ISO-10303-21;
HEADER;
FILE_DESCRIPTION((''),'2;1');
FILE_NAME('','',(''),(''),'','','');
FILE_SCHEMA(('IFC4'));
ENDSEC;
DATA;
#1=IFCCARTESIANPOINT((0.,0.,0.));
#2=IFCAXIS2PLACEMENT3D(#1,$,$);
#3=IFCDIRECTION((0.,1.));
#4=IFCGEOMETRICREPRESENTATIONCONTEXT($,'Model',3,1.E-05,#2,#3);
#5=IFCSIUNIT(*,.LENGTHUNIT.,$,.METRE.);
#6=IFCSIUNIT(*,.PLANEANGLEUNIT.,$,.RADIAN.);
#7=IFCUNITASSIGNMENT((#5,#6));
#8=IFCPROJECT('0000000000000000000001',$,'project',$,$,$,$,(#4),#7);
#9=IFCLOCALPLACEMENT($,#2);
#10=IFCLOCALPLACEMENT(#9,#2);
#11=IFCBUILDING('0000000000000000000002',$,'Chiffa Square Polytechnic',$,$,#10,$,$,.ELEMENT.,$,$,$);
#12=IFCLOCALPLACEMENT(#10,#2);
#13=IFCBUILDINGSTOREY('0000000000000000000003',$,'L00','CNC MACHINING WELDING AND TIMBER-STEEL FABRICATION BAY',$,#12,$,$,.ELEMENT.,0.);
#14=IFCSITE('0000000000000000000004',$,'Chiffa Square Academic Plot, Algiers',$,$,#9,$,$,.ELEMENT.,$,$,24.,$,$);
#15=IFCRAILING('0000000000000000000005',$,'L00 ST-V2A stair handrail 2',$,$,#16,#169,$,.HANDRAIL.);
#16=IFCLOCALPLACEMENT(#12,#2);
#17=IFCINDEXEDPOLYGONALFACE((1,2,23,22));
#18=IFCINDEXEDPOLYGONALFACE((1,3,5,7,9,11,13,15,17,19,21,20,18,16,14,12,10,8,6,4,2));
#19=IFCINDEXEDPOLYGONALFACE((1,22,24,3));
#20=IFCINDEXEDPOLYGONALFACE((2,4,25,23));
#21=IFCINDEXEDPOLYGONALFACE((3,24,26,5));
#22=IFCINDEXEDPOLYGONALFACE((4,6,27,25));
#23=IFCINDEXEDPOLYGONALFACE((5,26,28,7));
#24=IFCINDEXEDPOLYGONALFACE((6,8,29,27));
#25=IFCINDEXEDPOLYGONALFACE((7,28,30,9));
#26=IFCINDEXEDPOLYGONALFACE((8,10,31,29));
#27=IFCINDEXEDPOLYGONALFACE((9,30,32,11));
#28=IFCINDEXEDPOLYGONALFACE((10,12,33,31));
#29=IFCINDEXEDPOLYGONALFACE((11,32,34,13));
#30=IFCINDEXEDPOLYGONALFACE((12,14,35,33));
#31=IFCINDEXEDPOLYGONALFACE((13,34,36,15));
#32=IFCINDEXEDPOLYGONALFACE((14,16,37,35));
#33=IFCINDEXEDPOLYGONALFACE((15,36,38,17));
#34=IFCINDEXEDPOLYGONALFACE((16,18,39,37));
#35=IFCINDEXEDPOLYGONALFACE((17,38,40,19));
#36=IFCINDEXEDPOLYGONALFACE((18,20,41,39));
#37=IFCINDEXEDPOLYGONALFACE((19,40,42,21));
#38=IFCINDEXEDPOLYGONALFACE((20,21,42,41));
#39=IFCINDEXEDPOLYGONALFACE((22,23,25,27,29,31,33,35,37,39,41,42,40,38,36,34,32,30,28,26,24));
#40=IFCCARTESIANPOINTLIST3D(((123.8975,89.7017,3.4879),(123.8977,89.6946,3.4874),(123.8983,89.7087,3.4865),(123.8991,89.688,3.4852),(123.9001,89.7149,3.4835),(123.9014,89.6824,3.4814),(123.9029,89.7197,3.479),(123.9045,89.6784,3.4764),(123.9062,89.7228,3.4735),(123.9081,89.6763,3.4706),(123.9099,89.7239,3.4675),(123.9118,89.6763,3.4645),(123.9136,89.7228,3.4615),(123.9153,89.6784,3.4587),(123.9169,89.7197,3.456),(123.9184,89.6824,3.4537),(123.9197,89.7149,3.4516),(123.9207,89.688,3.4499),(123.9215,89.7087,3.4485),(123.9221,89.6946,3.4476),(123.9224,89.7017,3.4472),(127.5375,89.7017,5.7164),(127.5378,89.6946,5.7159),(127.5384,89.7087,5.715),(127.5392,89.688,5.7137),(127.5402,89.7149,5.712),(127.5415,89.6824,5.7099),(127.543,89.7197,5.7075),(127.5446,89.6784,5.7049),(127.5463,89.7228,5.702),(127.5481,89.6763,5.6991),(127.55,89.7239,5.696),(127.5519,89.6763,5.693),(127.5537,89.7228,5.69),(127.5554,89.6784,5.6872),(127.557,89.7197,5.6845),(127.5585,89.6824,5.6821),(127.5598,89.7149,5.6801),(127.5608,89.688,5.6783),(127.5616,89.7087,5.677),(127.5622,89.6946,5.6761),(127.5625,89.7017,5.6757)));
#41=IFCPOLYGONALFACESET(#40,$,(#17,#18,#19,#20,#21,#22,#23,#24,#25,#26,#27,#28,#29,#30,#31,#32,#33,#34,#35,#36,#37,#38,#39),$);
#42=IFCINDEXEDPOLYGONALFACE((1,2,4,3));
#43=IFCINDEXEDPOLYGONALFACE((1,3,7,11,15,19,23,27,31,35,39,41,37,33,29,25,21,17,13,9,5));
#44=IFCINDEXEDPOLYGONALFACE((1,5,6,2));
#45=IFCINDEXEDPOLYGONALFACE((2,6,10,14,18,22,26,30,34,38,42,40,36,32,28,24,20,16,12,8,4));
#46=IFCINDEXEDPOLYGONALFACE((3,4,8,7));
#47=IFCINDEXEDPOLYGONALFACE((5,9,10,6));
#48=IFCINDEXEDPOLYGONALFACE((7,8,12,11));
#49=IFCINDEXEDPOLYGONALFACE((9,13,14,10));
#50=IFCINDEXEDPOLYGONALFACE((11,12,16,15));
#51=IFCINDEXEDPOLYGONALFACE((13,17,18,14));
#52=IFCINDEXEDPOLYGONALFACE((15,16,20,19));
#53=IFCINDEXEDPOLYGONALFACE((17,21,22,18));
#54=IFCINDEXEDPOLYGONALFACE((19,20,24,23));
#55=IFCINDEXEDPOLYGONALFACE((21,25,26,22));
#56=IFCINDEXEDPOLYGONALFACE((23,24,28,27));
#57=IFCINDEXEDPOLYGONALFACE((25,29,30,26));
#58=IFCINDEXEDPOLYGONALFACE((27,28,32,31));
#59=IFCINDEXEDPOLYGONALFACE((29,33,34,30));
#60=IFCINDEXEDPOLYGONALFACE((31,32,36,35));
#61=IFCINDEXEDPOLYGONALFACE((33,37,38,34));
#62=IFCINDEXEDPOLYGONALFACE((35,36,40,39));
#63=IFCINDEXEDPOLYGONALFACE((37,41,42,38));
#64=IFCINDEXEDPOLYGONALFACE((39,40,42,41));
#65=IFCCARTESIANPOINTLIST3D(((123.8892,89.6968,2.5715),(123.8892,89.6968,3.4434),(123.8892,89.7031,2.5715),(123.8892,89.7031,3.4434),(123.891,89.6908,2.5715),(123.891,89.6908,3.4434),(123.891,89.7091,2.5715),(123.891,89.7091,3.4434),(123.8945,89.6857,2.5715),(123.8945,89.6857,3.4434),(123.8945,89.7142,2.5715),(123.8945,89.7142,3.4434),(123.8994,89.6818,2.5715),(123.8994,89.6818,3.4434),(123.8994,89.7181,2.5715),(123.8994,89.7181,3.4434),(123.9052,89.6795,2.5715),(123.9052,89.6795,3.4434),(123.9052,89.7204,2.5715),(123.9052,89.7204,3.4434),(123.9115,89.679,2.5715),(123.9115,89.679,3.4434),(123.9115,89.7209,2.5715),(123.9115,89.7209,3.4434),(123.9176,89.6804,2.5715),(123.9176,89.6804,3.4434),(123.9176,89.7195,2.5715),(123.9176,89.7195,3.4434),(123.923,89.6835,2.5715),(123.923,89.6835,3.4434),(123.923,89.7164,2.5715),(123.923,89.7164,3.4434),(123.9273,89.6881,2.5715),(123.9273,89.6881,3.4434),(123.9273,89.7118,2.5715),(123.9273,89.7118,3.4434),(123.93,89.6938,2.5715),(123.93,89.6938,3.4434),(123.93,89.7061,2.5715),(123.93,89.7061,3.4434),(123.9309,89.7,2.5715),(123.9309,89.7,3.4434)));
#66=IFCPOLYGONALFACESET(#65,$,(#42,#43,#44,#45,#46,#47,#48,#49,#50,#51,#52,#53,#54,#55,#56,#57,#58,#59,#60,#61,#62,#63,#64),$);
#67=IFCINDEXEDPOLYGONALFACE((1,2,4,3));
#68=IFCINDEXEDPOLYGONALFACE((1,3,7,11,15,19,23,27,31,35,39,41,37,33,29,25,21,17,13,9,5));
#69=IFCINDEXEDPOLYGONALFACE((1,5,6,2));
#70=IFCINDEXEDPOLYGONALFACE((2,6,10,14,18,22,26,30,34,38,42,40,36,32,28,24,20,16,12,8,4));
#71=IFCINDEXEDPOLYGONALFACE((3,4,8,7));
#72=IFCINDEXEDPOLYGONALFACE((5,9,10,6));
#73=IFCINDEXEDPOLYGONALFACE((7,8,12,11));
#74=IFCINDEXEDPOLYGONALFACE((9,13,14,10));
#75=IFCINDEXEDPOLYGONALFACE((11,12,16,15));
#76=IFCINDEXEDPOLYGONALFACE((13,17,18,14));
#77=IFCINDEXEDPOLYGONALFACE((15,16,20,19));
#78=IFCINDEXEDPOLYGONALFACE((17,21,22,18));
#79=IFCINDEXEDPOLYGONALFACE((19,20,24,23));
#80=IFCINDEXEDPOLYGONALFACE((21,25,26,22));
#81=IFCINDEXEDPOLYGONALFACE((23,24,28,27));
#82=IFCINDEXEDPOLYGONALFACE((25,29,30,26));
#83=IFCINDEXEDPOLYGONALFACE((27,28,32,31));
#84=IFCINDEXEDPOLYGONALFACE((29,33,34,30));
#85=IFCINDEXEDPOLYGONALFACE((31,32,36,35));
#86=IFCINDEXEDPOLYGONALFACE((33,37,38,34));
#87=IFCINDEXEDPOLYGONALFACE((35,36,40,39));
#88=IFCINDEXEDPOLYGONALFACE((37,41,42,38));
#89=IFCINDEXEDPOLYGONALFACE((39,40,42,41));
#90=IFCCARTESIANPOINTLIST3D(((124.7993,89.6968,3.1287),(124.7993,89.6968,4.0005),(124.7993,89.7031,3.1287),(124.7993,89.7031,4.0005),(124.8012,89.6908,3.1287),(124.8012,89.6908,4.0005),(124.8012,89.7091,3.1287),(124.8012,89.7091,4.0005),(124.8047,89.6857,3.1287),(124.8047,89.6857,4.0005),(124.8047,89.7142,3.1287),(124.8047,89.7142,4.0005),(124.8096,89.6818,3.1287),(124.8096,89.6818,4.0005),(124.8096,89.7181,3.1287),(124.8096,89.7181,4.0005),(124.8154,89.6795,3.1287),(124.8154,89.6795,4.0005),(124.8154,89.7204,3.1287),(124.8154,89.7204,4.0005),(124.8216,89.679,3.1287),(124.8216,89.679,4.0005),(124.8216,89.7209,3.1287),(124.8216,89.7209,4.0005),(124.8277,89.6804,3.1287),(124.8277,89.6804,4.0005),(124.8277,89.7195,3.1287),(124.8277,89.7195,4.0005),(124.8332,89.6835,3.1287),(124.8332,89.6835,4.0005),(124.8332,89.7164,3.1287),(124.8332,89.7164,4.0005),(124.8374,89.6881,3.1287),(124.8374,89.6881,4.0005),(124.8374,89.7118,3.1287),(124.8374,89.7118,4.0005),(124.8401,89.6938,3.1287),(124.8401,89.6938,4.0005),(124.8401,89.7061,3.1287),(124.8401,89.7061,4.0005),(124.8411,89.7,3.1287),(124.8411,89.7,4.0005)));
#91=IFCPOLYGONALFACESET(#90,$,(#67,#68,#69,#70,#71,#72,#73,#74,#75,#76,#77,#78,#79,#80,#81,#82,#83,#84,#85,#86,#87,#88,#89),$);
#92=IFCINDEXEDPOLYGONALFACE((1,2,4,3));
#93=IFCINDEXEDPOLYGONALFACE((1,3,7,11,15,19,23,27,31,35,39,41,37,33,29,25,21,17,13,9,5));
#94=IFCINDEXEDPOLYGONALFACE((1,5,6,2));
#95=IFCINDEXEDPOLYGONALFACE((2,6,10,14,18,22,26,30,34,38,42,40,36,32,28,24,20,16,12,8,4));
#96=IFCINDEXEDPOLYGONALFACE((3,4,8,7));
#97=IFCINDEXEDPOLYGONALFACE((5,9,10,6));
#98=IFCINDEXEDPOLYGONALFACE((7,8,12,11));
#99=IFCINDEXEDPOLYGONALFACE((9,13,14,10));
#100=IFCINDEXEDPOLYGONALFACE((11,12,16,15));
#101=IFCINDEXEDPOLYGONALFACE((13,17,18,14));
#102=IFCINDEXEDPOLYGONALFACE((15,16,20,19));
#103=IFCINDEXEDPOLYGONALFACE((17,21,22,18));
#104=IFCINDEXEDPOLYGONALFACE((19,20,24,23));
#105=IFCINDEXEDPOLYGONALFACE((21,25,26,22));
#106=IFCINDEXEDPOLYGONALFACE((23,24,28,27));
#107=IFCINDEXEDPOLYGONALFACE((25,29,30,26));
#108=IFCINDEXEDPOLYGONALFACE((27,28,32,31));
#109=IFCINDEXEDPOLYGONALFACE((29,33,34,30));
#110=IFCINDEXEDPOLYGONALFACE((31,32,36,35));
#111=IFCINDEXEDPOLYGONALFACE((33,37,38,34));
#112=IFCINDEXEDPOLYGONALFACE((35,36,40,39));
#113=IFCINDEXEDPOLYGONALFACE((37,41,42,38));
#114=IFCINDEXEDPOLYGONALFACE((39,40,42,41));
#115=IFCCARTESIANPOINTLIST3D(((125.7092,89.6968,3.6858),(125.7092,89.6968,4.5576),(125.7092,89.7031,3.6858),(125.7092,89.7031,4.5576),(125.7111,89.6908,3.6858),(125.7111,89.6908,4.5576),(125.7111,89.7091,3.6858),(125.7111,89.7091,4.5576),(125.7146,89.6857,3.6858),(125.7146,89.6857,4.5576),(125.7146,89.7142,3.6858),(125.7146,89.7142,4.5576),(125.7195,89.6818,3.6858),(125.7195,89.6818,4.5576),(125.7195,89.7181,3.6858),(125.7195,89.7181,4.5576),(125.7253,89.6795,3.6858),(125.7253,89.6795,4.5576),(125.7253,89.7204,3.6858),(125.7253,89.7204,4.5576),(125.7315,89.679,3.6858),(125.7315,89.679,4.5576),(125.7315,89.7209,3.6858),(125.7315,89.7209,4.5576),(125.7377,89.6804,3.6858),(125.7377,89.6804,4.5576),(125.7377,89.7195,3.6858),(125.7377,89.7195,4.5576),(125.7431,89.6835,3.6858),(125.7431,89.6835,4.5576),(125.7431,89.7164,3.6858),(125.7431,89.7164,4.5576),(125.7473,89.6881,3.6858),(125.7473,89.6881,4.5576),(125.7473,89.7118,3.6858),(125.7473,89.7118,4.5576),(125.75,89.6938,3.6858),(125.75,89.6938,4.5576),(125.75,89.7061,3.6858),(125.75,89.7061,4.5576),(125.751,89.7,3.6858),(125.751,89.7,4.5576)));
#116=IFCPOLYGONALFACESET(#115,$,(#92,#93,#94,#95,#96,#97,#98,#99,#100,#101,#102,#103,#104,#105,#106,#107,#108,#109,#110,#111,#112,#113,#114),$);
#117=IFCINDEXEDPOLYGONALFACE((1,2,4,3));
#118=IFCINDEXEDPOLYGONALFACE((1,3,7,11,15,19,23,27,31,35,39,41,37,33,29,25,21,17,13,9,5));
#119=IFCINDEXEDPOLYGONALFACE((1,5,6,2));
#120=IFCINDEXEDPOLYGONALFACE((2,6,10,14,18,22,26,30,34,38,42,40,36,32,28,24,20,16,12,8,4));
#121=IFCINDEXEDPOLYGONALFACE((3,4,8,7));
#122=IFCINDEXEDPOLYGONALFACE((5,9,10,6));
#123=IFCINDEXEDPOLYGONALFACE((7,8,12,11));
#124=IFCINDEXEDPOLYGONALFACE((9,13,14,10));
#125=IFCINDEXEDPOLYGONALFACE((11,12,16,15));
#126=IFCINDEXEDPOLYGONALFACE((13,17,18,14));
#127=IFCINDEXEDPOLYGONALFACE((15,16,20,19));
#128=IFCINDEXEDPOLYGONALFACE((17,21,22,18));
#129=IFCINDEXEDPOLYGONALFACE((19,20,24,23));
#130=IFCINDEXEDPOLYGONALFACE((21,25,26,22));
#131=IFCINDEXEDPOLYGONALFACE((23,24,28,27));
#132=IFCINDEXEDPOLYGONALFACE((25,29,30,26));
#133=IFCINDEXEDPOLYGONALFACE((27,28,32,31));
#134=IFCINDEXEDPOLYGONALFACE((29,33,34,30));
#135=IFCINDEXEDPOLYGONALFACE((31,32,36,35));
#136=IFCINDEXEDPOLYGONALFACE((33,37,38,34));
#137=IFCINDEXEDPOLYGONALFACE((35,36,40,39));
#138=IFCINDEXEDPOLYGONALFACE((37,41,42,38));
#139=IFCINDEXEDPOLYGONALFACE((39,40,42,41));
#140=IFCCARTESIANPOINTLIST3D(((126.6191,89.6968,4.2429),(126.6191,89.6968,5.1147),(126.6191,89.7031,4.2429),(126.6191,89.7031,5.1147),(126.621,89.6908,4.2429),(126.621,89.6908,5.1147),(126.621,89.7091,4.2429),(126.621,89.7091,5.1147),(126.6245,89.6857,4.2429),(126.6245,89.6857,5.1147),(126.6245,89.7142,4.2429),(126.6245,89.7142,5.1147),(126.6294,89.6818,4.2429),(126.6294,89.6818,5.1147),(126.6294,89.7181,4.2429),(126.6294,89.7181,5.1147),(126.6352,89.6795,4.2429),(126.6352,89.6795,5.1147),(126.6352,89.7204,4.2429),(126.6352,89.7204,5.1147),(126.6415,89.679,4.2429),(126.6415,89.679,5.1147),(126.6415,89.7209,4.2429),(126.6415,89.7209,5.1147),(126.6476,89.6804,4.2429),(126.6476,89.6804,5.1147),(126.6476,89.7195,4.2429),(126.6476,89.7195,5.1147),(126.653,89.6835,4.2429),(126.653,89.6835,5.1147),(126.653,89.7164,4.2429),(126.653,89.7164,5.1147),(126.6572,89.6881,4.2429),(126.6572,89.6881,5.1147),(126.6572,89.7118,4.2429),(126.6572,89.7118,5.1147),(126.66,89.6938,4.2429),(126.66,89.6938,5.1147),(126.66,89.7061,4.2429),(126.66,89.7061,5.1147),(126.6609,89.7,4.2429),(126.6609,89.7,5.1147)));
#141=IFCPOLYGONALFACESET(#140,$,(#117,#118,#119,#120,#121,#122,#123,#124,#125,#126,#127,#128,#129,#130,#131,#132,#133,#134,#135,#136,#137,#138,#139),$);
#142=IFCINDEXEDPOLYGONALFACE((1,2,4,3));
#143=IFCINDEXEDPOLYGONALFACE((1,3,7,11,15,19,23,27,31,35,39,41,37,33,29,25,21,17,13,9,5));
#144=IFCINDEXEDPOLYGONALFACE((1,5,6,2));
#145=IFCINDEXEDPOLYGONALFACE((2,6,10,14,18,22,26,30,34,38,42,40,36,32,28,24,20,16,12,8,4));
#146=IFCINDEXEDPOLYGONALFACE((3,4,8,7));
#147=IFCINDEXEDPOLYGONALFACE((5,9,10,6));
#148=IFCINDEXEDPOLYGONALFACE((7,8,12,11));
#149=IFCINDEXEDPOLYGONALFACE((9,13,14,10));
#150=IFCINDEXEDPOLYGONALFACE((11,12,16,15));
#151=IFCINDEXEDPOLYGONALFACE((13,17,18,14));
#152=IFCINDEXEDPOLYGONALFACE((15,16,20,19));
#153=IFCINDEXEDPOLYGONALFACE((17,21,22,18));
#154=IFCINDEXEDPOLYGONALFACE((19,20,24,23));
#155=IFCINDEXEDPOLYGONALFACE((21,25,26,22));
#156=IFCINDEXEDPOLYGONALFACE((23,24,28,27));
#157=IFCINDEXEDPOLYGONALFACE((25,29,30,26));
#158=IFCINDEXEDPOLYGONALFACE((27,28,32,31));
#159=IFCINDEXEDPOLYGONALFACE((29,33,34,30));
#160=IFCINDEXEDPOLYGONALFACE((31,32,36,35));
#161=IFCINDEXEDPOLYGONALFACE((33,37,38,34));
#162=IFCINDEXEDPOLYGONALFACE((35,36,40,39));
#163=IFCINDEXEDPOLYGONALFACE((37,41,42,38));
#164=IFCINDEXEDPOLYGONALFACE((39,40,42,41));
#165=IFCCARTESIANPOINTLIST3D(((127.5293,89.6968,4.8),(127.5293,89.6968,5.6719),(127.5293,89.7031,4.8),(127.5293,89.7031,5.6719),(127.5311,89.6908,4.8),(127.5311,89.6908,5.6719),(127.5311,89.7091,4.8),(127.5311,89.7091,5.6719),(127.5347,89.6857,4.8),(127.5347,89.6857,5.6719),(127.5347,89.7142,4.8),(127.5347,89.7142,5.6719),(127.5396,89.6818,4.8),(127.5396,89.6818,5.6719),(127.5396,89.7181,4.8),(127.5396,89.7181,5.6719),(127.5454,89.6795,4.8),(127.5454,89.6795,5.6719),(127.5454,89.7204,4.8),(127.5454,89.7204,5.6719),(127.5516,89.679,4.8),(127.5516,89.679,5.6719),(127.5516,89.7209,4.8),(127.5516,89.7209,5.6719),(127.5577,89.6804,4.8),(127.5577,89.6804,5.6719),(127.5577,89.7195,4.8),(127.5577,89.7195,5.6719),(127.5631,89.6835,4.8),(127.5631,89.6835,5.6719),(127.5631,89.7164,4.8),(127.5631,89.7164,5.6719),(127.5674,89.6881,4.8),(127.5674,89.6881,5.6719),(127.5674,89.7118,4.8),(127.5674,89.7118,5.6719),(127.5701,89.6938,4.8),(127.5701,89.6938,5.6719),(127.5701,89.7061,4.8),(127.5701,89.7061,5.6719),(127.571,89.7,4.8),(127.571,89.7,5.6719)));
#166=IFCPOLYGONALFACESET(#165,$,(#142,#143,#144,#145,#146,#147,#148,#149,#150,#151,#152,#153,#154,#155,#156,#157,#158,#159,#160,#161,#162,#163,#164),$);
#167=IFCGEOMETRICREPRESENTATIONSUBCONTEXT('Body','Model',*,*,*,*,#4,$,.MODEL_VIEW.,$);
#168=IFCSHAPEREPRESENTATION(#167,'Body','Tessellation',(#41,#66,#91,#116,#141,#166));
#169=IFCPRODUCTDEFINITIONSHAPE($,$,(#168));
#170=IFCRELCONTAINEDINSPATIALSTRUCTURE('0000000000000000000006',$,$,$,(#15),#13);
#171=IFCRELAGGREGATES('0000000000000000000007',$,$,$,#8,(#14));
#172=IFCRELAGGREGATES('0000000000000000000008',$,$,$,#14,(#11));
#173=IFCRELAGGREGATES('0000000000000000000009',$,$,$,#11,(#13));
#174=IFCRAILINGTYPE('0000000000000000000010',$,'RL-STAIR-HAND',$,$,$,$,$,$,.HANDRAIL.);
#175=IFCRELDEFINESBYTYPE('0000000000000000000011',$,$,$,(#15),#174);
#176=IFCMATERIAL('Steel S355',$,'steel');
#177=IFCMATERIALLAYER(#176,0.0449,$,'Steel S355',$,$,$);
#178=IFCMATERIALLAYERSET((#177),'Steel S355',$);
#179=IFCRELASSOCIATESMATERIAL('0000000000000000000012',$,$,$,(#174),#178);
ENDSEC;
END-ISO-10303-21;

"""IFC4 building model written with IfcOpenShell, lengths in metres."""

from ifc_helpers import new_model, si_unit, direction, frame, origin, origin_2d, place, context, subcontext, project, spatial, circle, extrude, material, layer, layer_set, type_object, element, save


model = new_model("IFC4")

# Units and contexts
model_context = context("Model", 3, precision=1e-05, world=origin(), true_north=direction((0.0, 1.0)))
body_context = subcontext(model_context, "Body", "Model", "MODEL_VIEW")
ifc_project = project(units=[si_unit("LENGTHUNIT", "METRE"), si_unit("PLANEANGLEUNIT", "RADIAN")], contexts=[model_context])

# Site, building, storey
site_placement = place(None, origin())
site = spatial("IfcSite", under=ifc_project, at=site_placement, Name="Chiffa Square Academic Plot, Algiers", CompositionType="ELEMENT", RefElevation=24.0)
building_placement = place(site_placement, origin())
building = spatial("IfcBuilding", under=site, at=building_placement, Name="Chiffa Square Polytechnic", CompositionType="ELEMENT")
storey_placement = place(building_placement, origin())
storey = spatial("IfcBuildingStorey", under=building, at=storey_placement, Name="L00", Description="CNC MACHINING WELDING AND TIMBER-STEEL FABRICATION BAY", CompositionType="ELEMENT", Elevation=0.0)

# Railing
ifc_material_1 = material(Name="Steel S355", Category="steel")
ifc_layer_1 = layer(ifc_material_1, 0.0449, Name="Steel S355")
ifc_layer_set_1 = layer_set([ifc_layer_1], Name="Steel S355")
railing_type_1 = type_object("IfcRailingType", Name="RL-STAIR-HAND", PredefinedType="HANDRAIL", material=ifc_layer_set_1)
railing_1_placement = place(storey_placement, frame((123.9099, 89.7, 2.5715)))
element("IfcRailing", 1, at=railing_1_placement, inside=storey, type_object=railing_type_1, Name="L00 ST-V2A stair handrail 2", PredefinedType="HANDRAIL", context=body_context, shape_type="SweptSolid", body=[
    extrude(circle(Radius=0.0239, at=origin_2d()), frame((0.0, 0.0, 0.896), z_axis=(0.852866, 0.0, 0.52213), x_axis=(0.0, 1.0, 0.0)), (0.0, 0.0, 1.0), 4.2681),
    extrude(circle(Radius=0.021, at=origin_2d()), origin(), (0.0, 0.0, 1.0), 0.8718),
    extrude(circle(Radius=0.021, at=origin_2d()), frame((0.9102, 0.0, 0.5571)), (0.0, 0.0, 1.0), 0.8718),
    extrude(circle(Radius=0.021, at=origin_2d()), frame((1.8201, 0.0, 1.1143)), (0.0, 0.0, 1.0), 0.8718),
    extrude(circle(Radius=0.021, at=origin_2d()), frame((2.73, 0.0, 1.6714)), (0.0, 0.0, 1.0), 0.8718),
    extrude(circle(Radius=0.021, at=origin_2d()), frame((3.6401, 0.0, 2.2285)), (0.0, 0.0, 1.0), 0.8718),
])

save(model, "model.ifc")
